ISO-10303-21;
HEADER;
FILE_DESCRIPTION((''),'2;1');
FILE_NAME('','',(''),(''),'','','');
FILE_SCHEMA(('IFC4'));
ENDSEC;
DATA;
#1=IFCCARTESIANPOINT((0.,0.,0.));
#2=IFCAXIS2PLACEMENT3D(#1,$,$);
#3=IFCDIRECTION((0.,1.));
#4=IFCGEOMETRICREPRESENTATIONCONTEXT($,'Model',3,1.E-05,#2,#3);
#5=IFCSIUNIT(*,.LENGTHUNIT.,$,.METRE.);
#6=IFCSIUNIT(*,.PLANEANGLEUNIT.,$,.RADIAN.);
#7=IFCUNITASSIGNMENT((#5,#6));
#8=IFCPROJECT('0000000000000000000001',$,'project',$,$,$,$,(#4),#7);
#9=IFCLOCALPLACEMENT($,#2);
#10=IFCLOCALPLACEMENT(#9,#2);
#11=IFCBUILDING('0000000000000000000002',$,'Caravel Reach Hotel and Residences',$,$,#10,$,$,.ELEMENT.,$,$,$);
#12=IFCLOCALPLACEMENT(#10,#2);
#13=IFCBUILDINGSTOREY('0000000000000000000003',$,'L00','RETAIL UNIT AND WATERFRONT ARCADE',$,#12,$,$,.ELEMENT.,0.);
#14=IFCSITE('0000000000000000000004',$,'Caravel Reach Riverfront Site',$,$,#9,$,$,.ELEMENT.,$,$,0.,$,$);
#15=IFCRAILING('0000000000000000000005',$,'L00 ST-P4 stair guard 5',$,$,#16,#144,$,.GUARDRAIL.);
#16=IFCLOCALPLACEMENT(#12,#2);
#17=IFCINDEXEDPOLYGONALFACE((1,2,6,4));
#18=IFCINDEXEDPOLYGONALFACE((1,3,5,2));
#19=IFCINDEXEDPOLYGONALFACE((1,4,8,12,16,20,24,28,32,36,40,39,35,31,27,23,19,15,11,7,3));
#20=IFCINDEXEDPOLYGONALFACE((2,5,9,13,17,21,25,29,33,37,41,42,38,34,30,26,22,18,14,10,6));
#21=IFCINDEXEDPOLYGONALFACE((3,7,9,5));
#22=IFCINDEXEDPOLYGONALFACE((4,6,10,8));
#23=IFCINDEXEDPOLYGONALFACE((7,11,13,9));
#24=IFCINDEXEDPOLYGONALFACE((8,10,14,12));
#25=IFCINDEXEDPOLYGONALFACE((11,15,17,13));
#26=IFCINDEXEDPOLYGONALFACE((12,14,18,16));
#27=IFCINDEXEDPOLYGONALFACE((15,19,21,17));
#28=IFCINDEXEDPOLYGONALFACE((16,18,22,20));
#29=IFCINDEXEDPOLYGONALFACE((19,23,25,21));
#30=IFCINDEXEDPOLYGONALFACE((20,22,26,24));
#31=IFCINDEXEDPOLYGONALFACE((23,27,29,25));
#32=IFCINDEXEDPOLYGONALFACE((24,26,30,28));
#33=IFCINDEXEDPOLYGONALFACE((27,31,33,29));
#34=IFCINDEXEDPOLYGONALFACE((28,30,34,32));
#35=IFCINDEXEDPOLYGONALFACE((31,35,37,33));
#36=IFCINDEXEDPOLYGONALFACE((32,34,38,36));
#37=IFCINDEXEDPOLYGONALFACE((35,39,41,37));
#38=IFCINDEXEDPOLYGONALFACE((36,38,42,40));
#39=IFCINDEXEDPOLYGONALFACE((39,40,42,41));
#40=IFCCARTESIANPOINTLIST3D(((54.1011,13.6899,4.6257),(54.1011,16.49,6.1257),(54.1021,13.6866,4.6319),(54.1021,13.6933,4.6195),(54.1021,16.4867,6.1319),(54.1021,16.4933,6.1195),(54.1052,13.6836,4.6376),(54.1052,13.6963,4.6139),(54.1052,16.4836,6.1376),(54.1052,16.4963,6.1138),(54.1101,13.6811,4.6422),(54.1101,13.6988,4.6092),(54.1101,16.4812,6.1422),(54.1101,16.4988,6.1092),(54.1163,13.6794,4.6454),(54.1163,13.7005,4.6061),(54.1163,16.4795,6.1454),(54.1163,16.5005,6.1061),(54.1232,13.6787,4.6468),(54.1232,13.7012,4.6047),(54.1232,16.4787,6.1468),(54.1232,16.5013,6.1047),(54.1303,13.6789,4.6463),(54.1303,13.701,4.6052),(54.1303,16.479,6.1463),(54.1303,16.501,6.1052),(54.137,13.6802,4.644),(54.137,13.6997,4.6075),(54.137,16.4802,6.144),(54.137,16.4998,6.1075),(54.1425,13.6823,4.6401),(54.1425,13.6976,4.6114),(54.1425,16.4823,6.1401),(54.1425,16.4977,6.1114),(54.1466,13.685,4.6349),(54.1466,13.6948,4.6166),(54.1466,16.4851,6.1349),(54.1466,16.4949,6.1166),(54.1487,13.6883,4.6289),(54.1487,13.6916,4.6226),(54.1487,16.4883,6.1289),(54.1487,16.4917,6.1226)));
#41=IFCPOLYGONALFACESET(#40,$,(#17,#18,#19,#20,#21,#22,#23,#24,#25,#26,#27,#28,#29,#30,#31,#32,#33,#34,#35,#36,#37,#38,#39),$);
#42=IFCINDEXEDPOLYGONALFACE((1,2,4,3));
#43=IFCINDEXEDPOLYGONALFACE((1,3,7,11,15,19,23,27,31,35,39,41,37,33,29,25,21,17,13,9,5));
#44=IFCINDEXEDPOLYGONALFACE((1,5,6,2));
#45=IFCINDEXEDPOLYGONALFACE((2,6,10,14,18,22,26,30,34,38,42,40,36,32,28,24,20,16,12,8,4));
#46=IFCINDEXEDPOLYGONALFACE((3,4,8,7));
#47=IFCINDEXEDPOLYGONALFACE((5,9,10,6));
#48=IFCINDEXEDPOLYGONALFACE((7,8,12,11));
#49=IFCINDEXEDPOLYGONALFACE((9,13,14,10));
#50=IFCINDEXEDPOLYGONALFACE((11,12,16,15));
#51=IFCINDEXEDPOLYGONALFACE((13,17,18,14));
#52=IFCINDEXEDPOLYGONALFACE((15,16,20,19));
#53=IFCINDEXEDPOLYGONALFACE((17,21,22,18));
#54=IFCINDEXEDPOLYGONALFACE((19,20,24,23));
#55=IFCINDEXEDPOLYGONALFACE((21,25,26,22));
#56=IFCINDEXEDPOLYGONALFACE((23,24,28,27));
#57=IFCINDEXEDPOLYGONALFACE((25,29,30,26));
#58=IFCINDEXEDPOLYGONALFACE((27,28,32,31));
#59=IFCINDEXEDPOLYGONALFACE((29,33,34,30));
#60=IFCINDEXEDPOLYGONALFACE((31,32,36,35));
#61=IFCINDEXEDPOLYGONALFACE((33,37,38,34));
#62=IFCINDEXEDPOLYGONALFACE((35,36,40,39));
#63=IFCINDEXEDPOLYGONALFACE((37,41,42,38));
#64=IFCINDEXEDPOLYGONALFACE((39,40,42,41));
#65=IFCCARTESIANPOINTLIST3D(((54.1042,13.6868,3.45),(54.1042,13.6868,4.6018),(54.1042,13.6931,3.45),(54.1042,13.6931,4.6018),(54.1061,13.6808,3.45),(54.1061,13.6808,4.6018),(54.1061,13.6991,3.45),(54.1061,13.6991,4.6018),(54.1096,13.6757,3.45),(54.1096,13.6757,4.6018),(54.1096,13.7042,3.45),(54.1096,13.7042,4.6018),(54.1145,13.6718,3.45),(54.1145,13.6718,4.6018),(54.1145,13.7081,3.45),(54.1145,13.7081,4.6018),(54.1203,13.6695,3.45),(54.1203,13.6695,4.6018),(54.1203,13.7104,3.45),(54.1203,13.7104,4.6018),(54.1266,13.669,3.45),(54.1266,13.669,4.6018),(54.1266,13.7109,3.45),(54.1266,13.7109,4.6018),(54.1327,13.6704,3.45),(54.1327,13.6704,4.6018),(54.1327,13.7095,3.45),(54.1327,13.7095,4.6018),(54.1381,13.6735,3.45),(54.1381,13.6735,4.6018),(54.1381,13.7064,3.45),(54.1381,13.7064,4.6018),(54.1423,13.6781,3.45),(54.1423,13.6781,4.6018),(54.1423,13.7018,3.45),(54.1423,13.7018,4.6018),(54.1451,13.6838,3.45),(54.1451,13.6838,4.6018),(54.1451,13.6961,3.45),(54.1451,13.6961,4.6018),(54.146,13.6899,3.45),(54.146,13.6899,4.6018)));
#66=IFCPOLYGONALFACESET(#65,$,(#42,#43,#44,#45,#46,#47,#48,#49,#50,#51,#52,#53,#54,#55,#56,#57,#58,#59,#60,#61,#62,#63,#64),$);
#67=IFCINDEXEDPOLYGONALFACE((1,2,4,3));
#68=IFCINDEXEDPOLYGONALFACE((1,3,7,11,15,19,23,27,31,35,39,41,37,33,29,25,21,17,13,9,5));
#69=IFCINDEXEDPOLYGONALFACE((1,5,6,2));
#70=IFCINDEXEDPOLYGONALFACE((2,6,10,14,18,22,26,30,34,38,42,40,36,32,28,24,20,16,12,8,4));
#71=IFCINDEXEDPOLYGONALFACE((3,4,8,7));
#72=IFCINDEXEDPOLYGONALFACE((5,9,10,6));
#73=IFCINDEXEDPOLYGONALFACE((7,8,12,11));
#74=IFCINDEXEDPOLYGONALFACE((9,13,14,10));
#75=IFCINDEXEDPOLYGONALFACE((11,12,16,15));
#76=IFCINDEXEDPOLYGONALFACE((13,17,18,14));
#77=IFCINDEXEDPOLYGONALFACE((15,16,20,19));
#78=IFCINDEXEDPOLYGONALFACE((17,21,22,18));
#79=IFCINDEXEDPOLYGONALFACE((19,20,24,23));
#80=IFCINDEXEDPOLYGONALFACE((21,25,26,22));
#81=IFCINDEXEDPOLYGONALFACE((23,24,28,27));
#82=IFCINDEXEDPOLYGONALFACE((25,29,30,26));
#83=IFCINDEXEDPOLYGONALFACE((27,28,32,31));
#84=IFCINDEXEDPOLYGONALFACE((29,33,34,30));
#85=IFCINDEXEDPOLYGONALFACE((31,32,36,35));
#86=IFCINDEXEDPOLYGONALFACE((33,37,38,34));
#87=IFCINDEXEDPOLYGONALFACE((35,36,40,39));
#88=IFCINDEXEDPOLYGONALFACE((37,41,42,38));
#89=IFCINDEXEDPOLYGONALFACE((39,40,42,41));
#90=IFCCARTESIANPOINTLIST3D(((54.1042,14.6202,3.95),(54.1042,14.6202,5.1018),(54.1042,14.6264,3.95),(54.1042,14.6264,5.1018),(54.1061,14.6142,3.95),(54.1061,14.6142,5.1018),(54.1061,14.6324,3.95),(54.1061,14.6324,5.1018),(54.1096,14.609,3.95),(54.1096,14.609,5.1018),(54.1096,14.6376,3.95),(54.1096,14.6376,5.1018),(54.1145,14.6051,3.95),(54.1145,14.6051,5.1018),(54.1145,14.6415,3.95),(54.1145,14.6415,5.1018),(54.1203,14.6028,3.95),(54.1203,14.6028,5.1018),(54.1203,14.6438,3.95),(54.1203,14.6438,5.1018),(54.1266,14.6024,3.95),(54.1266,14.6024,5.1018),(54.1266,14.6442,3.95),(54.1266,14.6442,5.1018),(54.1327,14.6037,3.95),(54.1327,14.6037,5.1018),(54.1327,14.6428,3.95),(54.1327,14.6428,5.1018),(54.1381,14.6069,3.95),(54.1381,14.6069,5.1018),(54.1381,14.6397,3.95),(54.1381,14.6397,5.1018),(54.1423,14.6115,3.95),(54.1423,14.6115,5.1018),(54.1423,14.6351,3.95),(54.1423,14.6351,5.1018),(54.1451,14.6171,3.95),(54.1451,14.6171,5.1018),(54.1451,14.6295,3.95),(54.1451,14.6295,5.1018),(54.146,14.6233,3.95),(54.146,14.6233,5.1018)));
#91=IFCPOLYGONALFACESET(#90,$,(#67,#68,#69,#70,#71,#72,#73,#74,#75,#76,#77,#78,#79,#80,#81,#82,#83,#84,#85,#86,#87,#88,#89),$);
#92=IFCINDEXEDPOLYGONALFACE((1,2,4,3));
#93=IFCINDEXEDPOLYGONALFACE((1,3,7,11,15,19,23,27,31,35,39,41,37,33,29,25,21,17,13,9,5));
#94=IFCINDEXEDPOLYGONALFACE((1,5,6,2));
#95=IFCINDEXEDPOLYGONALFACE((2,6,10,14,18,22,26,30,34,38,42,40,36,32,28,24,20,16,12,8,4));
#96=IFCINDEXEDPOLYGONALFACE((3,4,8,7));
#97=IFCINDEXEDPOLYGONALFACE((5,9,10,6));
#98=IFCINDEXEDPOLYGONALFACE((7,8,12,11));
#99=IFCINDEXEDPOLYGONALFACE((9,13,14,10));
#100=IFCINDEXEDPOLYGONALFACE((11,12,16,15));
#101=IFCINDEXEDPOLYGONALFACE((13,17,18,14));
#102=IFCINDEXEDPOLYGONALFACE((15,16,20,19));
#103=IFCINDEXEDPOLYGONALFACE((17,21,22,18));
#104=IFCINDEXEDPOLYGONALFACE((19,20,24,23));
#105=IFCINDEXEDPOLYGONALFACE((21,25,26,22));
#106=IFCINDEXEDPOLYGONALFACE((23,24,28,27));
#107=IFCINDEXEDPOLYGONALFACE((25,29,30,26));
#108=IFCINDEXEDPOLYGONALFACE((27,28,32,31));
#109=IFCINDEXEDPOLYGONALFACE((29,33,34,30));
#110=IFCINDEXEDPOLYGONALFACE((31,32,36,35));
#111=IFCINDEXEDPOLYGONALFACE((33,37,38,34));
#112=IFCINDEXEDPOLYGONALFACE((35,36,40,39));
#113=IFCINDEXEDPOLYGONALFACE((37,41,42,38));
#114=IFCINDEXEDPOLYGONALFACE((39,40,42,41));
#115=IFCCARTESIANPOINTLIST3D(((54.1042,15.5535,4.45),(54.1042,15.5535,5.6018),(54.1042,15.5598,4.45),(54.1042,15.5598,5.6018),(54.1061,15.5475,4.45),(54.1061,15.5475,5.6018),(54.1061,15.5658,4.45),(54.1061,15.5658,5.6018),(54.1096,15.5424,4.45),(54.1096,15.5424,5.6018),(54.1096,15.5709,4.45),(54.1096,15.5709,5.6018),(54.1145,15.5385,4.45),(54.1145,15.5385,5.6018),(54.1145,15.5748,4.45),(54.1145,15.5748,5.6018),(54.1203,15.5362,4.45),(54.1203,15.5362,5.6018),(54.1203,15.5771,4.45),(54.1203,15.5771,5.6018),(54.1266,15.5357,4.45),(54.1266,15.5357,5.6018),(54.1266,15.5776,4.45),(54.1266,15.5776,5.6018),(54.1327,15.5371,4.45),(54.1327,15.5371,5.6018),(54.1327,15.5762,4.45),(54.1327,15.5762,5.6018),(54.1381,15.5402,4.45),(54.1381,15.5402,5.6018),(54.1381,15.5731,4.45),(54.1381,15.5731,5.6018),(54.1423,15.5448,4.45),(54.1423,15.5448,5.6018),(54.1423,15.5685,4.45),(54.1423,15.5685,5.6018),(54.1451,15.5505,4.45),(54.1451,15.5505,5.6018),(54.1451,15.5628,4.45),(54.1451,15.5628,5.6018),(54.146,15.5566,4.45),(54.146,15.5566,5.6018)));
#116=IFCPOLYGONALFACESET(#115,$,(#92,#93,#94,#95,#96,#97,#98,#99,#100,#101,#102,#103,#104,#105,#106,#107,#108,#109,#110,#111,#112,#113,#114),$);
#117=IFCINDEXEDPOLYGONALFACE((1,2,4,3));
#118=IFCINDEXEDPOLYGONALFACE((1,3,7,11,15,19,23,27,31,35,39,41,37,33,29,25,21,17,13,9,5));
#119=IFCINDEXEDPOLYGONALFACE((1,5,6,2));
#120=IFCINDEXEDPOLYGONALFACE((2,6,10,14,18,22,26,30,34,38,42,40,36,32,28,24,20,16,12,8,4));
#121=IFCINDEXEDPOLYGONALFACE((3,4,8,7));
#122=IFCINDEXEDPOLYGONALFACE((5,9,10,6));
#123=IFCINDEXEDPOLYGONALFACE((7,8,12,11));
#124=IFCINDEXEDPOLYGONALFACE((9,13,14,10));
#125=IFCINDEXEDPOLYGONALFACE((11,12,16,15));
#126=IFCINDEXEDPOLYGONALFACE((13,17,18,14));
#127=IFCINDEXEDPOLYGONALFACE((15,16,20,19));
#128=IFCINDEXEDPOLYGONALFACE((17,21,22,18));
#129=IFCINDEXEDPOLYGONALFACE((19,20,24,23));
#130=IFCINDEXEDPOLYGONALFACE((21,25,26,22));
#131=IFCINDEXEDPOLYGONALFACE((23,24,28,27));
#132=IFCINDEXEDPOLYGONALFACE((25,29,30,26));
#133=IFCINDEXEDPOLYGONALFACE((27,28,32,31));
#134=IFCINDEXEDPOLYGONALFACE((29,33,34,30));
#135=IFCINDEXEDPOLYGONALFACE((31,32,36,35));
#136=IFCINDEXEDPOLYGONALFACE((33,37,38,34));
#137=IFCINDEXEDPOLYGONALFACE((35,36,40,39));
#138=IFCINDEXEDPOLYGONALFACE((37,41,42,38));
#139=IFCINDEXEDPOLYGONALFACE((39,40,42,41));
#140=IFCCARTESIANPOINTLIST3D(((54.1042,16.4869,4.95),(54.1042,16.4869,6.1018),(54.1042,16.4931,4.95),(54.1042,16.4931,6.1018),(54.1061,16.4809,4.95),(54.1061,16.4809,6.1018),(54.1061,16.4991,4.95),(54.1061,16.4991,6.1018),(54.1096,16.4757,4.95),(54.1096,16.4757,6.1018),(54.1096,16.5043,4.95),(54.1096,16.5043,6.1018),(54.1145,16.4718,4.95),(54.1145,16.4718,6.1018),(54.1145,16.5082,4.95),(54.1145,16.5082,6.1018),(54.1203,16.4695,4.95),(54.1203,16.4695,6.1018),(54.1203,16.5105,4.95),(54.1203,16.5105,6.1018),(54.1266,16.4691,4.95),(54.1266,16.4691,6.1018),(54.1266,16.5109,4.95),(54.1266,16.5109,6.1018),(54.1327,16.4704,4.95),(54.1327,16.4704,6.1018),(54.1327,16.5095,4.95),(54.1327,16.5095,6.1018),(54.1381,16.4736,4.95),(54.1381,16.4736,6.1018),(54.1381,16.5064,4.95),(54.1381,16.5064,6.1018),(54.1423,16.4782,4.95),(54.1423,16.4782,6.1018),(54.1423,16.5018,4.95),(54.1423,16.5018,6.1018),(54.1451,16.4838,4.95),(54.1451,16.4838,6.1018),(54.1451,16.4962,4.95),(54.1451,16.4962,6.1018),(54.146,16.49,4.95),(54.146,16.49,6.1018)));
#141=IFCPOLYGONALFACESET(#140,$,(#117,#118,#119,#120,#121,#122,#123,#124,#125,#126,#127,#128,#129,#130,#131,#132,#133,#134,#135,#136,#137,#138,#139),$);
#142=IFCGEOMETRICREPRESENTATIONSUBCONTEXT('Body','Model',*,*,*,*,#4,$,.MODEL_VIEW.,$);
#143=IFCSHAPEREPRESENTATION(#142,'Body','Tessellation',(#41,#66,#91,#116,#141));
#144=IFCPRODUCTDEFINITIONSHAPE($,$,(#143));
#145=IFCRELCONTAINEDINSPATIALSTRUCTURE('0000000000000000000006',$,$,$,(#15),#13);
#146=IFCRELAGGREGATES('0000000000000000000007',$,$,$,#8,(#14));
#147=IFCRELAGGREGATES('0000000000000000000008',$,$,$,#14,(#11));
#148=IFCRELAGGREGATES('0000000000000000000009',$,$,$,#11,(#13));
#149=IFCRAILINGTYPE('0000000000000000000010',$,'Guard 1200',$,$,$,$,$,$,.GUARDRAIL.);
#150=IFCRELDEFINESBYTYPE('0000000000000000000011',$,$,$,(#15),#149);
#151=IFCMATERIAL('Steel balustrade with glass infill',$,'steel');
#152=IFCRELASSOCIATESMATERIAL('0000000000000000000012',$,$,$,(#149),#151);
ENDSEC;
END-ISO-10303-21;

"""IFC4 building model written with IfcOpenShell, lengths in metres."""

from ifc_helpers import new_model, si_unit, direction, frame, origin, origin_2d, place, context, subcontext, project, spatial, circle, extrude, material, type_object, element, save


model = new_model("IFC4")

# Units and contexts
model_context = context("Model", 3, precision=1e-05, world=origin(), true_north=direction((0.0, 1.0)))
body_context = subcontext(model_context, "Body", "Model", "MODEL_VIEW")
ifc_project = project(units=[si_unit("LENGTHUNIT", "METRE"), si_unit("PLANEANGLEUNIT", "RADIAN")], contexts=[model_context])

# Site, building, storey
site_placement = place(None, origin())
site = spatial("IfcSite", under=ifc_project, at=site_placement, Name="Caravel Reach Riverfront Site", CompositionType="ELEMENT", RefElevation=0.0)
building_placement = place(site_placement, origin())
building = spatial("IfcBuilding", under=site, at=building_placement, Name="Caravel Reach Hotel and Residences", CompositionType="ELEMENT")
storey_placement = place(building_placement, origin())
storey = spatial("IfcBuildingStorey", under=building, at=storey_placement, Name="L00", Description="RETAIL UNIT AND WATERFRONT ARCADE", CompositionType="ELEMENT", Elevation=0.0)

# Railing
ifc_material_1 = material(Name="Steel balustrade with glass infill", Category="steel")
railing_type_1 = type_object("IfcRailingType", Name="Guard 1200", PredefinedType="GUARDRAIL", material=ifc_material_1)
railing_1_placement = place(storey_placement, frame((54.125, 13.6899, 3.45)))
element("IfcRailing", 1, at=railing_1_placement, inside=storey, type_object=railing_type_1, Name="L00 ST-P4 stair guard 5", PredefinedType="GUARDRAIL", context=body_context, shape_type="SweptSolid", body=[
    extrude(circle(Radius=0.0239, at=origin_2d()), frame((0.0, 0.0, 1.1758), z_axis=(0.0, 0.881483, 0.472215), x_axis=(-1.0, 0.0, 0.0)), (0.0, 0.0, 1.0), 3.1765),
    extrude(circle(Radius=0.021, at=origin_2d()), origin(), (0.0, 0.0, 1.0), 1.1519),
    extrude(circle(Radius=0.021, at=origin_2d()), frame((0.0, 0.9333, 0.5)), (0.0, 0.0, 1.0), 1.1519),
    extrude(circle(Radius=0.021, at=origin_2d()), frame((0.0, 1.8667, 1.0)), (0.0, 0.0, 1.0), 1.1519),
    extrude(circle(Radius=0.021, at=origin_2d()), frame((0.0, 2.8, 1.5)), (0.0, 0.0, 1.0), 1.1519),
])

save(model, "model.ifc")
